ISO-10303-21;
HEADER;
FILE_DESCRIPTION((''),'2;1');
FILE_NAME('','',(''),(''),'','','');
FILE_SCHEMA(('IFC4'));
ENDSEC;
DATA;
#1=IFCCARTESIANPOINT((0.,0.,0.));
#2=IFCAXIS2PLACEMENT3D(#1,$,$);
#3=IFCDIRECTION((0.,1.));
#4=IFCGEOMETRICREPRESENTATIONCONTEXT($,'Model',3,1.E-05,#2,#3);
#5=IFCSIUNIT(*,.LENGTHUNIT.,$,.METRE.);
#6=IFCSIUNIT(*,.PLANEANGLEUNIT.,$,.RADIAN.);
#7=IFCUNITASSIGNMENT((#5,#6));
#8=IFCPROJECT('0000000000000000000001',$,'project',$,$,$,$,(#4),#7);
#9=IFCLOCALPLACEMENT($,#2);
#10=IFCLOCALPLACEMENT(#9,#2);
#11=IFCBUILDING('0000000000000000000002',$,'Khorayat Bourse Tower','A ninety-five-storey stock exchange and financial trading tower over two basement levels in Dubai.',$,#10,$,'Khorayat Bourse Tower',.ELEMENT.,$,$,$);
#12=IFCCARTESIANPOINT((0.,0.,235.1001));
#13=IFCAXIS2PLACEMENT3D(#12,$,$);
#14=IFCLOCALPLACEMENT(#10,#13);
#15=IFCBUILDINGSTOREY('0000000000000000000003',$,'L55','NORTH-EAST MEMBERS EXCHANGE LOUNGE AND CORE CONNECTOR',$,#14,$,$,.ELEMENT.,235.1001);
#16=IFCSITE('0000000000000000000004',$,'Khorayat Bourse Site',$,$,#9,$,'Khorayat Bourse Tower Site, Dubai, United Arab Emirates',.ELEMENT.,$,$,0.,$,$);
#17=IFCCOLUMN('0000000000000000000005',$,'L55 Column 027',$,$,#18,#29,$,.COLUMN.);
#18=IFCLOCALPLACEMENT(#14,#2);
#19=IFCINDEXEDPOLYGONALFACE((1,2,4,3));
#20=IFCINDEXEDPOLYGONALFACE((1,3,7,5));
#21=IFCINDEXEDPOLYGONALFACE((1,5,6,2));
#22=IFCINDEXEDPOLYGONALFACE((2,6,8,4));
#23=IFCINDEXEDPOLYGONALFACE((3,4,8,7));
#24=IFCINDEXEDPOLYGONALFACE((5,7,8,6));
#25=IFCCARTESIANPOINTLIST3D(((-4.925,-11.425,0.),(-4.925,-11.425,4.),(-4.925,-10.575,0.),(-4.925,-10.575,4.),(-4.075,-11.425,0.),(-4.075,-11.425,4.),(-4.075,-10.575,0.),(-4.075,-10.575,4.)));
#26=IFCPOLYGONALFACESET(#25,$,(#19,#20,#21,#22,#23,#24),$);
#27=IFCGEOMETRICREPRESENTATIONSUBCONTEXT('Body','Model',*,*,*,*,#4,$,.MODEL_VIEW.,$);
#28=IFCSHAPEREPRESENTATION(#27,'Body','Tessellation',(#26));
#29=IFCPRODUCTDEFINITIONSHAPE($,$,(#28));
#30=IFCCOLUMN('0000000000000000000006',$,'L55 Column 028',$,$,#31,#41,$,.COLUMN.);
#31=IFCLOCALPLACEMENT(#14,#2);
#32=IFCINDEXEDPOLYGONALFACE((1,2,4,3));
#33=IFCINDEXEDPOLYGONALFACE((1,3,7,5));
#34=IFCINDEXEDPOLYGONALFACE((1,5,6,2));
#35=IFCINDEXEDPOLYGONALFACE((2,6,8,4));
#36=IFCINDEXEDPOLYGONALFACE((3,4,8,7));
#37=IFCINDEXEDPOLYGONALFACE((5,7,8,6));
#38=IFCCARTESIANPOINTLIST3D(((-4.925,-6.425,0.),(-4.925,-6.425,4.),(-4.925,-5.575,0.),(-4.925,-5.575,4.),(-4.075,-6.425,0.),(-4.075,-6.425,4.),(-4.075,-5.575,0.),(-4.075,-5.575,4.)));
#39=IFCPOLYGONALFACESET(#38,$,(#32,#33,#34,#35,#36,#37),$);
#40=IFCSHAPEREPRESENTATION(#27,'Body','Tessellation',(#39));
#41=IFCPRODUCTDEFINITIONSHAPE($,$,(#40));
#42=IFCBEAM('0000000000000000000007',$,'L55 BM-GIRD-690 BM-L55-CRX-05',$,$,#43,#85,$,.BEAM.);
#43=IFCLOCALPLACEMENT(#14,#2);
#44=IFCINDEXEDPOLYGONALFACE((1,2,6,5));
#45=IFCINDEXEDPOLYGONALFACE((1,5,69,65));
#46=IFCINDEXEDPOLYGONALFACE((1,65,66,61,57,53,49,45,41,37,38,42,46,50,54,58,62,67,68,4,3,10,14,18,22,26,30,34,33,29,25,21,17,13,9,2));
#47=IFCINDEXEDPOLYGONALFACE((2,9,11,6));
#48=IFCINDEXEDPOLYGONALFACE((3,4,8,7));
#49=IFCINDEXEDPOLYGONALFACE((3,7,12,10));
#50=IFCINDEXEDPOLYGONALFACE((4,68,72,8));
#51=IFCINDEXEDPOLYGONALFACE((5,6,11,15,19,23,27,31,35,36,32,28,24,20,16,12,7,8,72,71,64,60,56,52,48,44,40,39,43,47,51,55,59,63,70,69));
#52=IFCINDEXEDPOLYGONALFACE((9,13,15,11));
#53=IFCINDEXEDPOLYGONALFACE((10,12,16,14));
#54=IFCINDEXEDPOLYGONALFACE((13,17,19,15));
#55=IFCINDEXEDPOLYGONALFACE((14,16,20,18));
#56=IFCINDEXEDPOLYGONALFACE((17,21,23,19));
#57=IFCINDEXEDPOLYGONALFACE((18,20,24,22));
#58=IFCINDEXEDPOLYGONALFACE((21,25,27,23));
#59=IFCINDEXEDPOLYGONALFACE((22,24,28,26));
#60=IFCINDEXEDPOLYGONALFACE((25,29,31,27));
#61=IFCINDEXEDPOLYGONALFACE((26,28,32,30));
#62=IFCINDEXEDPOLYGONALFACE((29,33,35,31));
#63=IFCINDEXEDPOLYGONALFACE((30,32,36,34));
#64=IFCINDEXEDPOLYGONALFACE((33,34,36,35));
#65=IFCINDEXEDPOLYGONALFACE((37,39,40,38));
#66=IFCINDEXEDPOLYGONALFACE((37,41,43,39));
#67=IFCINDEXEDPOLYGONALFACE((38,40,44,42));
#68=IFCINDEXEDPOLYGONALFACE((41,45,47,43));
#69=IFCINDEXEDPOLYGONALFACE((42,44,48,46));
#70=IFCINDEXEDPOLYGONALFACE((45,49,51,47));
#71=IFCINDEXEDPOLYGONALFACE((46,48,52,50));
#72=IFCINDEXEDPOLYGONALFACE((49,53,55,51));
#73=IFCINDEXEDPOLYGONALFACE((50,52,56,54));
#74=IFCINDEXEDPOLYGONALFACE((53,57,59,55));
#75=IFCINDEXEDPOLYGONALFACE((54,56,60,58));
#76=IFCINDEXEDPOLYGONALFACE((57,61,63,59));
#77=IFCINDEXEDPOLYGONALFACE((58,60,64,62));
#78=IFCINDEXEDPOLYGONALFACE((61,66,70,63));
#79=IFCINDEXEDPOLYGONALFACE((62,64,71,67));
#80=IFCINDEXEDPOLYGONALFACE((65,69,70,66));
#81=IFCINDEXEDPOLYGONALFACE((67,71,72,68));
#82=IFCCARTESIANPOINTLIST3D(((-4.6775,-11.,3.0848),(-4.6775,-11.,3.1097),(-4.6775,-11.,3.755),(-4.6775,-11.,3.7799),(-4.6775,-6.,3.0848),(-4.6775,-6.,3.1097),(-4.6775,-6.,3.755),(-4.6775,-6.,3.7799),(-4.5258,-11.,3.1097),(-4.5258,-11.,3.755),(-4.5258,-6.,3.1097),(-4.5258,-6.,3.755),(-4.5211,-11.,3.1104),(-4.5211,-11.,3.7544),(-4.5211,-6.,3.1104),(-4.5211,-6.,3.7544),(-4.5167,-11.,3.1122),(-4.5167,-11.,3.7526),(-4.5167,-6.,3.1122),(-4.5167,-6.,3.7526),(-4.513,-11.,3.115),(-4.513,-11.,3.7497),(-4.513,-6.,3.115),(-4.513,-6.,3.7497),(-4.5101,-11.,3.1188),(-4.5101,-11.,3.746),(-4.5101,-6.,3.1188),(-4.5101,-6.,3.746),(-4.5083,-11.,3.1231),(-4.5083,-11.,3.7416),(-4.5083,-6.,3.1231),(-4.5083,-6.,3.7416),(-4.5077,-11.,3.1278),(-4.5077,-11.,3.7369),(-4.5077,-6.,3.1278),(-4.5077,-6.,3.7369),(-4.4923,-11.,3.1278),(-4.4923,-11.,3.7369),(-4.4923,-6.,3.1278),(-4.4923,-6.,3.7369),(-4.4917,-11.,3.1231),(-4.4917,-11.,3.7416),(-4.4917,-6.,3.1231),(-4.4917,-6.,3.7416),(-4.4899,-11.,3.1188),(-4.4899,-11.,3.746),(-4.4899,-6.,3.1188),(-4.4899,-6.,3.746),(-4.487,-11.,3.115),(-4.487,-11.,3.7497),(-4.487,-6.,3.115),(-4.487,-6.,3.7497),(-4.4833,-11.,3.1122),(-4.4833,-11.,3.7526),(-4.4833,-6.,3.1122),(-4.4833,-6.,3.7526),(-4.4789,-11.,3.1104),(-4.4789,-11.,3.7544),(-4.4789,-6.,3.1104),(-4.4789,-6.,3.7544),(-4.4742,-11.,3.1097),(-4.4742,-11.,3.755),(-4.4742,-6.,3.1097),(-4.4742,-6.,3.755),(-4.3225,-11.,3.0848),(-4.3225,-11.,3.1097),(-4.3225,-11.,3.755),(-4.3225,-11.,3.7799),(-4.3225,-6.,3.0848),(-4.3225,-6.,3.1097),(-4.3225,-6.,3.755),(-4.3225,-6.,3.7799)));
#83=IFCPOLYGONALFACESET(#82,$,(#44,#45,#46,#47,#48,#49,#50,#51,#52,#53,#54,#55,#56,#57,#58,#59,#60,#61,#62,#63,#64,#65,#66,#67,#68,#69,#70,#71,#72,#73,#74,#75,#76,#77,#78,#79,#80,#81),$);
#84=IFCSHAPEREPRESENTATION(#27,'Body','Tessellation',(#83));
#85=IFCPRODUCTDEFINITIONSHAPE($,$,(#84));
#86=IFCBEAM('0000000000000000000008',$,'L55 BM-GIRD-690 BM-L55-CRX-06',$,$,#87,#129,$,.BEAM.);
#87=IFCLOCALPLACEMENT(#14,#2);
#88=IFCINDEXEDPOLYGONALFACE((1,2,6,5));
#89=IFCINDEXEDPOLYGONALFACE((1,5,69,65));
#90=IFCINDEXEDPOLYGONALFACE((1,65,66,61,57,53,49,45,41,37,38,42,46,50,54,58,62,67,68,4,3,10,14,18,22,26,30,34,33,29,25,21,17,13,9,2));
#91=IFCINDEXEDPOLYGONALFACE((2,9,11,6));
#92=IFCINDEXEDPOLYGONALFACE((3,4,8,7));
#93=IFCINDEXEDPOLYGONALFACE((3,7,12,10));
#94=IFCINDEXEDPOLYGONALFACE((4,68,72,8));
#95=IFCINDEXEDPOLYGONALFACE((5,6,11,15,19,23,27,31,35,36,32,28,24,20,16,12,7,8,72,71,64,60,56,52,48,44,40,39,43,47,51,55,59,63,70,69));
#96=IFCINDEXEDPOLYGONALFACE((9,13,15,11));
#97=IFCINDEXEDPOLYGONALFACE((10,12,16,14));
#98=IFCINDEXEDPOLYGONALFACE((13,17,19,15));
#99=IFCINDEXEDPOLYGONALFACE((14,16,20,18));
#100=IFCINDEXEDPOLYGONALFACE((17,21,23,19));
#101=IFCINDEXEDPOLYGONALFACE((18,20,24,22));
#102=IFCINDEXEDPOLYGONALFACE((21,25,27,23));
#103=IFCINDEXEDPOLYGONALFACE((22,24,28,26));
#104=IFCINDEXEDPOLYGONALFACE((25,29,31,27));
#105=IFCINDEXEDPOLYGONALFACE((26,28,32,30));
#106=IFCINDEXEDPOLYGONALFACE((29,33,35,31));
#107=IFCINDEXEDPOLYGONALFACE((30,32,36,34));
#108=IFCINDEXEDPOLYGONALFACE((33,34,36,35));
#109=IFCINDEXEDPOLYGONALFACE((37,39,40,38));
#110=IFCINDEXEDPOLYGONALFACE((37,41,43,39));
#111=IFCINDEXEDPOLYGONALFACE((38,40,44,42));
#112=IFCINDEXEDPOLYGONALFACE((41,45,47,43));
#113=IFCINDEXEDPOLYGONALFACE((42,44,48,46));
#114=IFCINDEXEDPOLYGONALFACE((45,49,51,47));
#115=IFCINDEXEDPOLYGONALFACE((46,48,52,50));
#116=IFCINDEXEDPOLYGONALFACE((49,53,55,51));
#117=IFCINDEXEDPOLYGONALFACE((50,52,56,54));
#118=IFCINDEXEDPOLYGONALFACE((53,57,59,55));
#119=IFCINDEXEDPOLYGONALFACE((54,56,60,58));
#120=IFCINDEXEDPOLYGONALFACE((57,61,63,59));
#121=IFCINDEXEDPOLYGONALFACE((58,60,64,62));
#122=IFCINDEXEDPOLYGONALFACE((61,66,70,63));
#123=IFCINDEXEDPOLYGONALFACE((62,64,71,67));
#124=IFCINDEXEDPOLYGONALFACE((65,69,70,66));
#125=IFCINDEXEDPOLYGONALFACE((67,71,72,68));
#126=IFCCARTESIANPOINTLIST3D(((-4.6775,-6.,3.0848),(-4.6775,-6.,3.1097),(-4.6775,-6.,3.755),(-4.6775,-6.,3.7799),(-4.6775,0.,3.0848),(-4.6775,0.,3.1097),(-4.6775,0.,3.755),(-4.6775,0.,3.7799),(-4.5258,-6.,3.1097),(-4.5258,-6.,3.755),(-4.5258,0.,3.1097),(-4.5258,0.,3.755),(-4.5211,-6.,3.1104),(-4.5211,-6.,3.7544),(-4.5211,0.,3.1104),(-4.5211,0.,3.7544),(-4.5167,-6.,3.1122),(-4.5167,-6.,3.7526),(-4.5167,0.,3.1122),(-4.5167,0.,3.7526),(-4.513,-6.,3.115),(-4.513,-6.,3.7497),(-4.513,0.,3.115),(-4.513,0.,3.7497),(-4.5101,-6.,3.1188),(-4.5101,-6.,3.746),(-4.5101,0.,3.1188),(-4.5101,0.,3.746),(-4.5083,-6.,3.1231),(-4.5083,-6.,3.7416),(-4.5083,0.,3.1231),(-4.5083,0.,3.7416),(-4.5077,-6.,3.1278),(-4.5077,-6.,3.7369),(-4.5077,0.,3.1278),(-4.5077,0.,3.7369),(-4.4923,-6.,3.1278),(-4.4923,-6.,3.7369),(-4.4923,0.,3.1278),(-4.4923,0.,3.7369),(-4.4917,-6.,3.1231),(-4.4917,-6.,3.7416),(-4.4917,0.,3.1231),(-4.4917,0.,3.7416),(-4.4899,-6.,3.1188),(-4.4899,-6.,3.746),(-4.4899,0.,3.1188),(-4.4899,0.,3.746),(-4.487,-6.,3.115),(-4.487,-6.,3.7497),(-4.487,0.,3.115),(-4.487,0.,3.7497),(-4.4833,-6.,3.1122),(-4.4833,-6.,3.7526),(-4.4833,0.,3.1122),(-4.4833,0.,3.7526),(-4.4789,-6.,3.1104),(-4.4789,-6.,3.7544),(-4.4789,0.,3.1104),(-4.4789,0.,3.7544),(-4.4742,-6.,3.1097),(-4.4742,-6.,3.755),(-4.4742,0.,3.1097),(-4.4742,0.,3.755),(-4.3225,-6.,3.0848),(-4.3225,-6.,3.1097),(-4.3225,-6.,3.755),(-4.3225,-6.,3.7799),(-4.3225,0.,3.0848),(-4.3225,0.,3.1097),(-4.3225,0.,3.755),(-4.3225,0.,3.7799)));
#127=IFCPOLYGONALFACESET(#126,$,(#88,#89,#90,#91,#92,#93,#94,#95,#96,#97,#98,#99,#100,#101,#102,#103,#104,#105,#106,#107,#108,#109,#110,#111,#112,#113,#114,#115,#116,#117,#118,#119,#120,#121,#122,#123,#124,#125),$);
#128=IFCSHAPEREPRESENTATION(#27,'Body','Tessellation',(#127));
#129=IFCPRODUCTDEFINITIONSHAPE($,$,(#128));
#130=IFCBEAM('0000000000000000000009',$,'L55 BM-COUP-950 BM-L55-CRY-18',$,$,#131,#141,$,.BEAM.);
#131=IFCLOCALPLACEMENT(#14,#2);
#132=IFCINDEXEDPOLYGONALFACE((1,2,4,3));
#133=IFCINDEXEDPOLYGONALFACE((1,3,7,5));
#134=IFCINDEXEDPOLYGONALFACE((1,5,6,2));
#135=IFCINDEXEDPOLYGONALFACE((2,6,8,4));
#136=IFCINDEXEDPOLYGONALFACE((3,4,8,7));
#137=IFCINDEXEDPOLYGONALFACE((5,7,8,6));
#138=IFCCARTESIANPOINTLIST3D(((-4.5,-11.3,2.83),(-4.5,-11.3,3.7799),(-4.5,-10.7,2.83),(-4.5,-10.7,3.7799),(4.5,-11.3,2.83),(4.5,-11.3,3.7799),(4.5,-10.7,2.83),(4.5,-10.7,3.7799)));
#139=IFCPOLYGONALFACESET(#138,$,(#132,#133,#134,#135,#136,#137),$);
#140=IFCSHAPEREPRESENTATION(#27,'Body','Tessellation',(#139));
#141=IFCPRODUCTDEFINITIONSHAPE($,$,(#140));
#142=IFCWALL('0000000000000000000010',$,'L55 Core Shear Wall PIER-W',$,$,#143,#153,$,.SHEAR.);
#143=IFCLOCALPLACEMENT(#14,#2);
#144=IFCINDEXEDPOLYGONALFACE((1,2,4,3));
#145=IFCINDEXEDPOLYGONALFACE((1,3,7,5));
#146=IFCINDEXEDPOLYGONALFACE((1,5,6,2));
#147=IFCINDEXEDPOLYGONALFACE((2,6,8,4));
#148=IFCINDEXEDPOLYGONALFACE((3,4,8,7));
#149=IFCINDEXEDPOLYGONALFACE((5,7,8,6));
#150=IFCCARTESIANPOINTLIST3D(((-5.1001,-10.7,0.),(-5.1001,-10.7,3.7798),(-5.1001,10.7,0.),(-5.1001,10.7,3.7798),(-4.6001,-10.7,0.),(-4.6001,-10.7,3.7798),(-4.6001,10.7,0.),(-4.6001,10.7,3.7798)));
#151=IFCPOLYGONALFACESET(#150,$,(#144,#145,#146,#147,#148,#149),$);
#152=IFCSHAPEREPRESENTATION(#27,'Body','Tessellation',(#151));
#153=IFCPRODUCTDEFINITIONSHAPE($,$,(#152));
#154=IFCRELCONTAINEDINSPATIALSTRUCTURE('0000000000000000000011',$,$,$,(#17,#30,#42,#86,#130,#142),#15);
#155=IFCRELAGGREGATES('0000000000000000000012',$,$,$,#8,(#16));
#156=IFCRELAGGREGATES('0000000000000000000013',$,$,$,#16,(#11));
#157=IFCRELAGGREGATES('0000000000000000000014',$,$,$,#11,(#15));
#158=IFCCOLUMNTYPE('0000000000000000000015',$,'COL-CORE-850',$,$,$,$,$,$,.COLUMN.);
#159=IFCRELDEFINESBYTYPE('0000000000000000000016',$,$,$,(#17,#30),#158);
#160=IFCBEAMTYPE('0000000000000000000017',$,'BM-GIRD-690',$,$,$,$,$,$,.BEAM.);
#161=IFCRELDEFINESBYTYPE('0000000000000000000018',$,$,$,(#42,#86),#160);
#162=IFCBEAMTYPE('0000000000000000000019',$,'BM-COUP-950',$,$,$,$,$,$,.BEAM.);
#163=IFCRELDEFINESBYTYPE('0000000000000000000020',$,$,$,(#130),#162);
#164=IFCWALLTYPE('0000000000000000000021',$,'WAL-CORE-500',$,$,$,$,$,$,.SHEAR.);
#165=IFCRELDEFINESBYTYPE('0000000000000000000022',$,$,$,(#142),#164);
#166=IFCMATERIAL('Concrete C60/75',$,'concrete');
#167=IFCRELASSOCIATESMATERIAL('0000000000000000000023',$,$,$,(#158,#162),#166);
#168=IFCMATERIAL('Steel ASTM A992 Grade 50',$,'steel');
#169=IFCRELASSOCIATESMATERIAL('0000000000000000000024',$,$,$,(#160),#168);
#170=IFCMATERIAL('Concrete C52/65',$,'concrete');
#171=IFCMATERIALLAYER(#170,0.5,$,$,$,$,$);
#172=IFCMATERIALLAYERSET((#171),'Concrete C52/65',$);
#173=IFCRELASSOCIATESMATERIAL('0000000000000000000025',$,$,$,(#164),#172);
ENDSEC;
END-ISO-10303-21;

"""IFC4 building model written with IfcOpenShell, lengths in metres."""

from ifc_helpers import new_model, si_unit, direction, frame, frame_2d, origin, origin_2d, place, context, subcontext, project, spatial, rectangle, i_section, extrude, source, transform, mapped, material, layer, layer_set, material_profile, profile_set, type_object, element, save


model = new_model("IFC4")

# Units and contexts
model_context = context("Model", 3, precision=1e-05, world=origin(), true_north=direction((0.0, 1.0)))
body_context = subcontext(model_context, "Body", "Model", "MODEL_VIEW")
ifc_project = project(units=[si_unit("LENGTHUNIT", "METRE"), si_unit("PLANEANGLEUNIT", "RADIAN")], contexts=[model_context])

# Site, building, storey
site_placement = place(None, origin())
site = spatial("IfcSite", under=ifc_project, at=site_placement, Name="Khorayat Bourse Site", LongName="Khorayat Bourse Tower Site, Dubai, United Arab Emirates", CompositionType="ELEMENT", RefElevation=0.0)
building_placement = place(site_placement, origin())
building = spatial("IfcBuilding", under=site, at=building_placement, Name="Khorayat Bourse Tower", Description="A ninety-five-storey stock exchange and financial trading tower over two basement levels in Dubai.", LongName="Khorayat Bourse Tower", CompositionType="ELEMENT")
storey_placement = place(building_placement, frame((0.0, 0.0, 235.1001)))
storey = spatial("IfcBuildingStorey", under=building, at=storey_placement, Name="L55", Description="NORTH-EAST MEMBERS EXCHANGE LOUNGE AND CORE CONNECTOR", CompositionType="ELEMENT", Elevation=235.1001)

# Columns
ifc_material_1 = material(Name="Concrete C60/75", Category="concrete")
ifc_material_profile_1 = material_profile(ifc_material_1, rectangle(XDim=0.8501, YDim=0.8501, at=origin_2d()), Name="RC 850x850")
ifc_profile_set_1 = profile_set([ifc_material_profile_1], Name="Concrete C60/75")
column_type = type_object("IfcColumnType", Name="COL-CORE-850", PredefinedType="COLUMN", material=ifc_profile_set_1)
shared_shape_1 = source(origin(), body_context, "Body", "SweptSolid", [
    extrude(rectangle(XDim=0.8501, YDim=0.8501, at=origin_2d()), origin(), (0.0, 0.0, 1.0), 4.0),
])
for number, where, z_axis, x_axis, name in (
    (1, (-4.5, -11.0, 0.0), (0.0, 0.0, 1.0), (1.0, 0.0, 0.0), "L55 Column 027"),
    (2, (-4.5, -6.0, 0.0), (0.0, 0.0, 1.0), (1.0, 0.0, 0.0), "L55 Column 028"),
):
    element("IfcColumn", number, at=place(storey_placement, frame(where, z_axis=z_axis, x_axis=x_axis)), inside=storey, type_object=column_type, Name=name, PredefinedType="COLUMN", context=body_context, shape_type="MappedRepresentation", body=[
        mapped(shared_shape_1, transform((0.0, 0.0, 0.0), scale=1.0)),
    ])

# Beams
ifc_material_2 = material(Name="Steel ASTM A992 Grade 50", Category="steel")
ifc_material_profile_2 = material_profile(ifc_material_2, i_section(OverallWidth=0.355, OverallDepth=0.6951, WebThickness=0.0154, FlangeThickness=0.0249, FilletRadius=0.0181, at=origin_2d()), Name="W690X217")
ifc_profile_set_2 = profile_set([ifc_material_profile_2], Name="Steel ASTM A992 Grade 50")
beam_type_1 = type_object("IfcBeamType", Name="BM-GIRD-690", PredefinedType="BEAM", material=ifc_profile_set_2)
shared_shape_2 = source(origin(), body_context, "Body", "SweptSolid", [
    extrude(i_section(OverallWidth=0.355, OverallDepth=0.6951, WebThickness=0.0154, FlangeThickness=0.0249, FilletRadius=0.0181, at=origin_2d()), origin(), (0.0, 0.0, 1.0), 5.0),
])
beam_1_placement = place(storey_placement, frame((-4.5, -11.0, 3.4324), z_axis=(0.0, 1.0, 0.0), x_axis=(-1.0, 0.0, 0.0)))
element("IfcBeam", 3, at=beam_1_placement, inside=storey, type_object=beam_type_1, Name="L55 BM-GIRD-690 BM-L55-CRX-05", PredefinedType="BEAM", context=body_context, shape_type="MappedRepresentation", body=[
    mapped(shared_shape_2, transform((0.0, 0.0, 0.0), scale=1.0)),
])
shared_shape_3 = source(origin(), body_context, "Body", "SweptSolid", [
    extrude(i_section(OverallWidth=0.355, OverallDepth=0.6951, WebThickness=0.0154, FlangeThickness=0.0249, FilletRadius=0.0181, at=origin_2d()), origin(), (0.0, 0.0, 1.0), 6.0),
])
beam_2_placement = place(storey_placement, frame((-4.5, -6.0, 3.4324), z_axis=(0.0, 1.0, 0.0), x_axis=(-1.0, 0.0, 0.0)))
element("IfcBeam", 4, at=beam_2_placement, inside=storey, type_object=beam_type_1, Name="L55 BM-GIRD-690 BM-L55-CRX-06", PredefinedType="BEAM", context=body_context, shape_type="MappedRepresentation", body=[
    mapped(shared_shape_3, transform((0.0, 0.0, 0.0), scale=1.0)),
])
ifc_material_profile_3 = material_profile(ifc_material_1, rectangle(XDim=0.6001, YDim=0.95, at=origin_2d()), Name="RC 600x950")
ifc_profile_set_3 = profile_set([ifc_material_profile_3], Name="Concrete C60/75")
beam_type_2 = type_object("IfcBeamType", Name="BM-COUP-950", PredefinedType="BEAM", material=ifc_profile_set_3)
shared_shape_4 = source(origin(), body_context, "Body", "SweptSolid", [
    extrude(rectangle(XDim=0.6001, YDim=0.95, at=origin_2d()), origin(), (0.0, 0.0, 1.0), 9.0),
])
beam_3_placement = place(storey_placement, frame((-4.5, -11.0, 3.3049), z_axis=(1.0, 0.0, 0.0), x_axis=(0.0, 1.0, 0.0)))
element("IfcBeam", 5, at=beam_3_placement, inside=storey, type_object=beam_type_2, Name="L55 BM-COUP-950 BM-L55-CRY-18", PredefinedType="BEAM", context=body_context, shape_type="MappedRepresentation", body=[
    mapped(shared_shape_4, transform((0.0, 0.0, 0.0), scale=1.0)),
])

# Wall
ifc_material_3 = material(Name="Concrete C52/65", Category="concrete")
ifc_layer_1 = layer(ifc_material_3, 0.5)
ifc_layer_set_1 = layer_set([ifc_layer_1], Name="Concrete C52/65")
wall_type_1 = type_object("IfcWallType", Name="WAL-CORE-500", PredefinedType="SHEAR", material=ifc_layer_set_1)
shared_shape_5 = source(origin(), body_context, "Body", "SweptSolid", [
    extrude(rectangle(XDim=21.3999, YDim=0.5, at=frame_2d((10.7, 0.0))), origin(), (0.0, 0.0, 1.0), 3.7798),
])
wall_1_placement = place(storey_placement, frame((-4.8501, -10.7, 0.0), z_axis=(0.0, 0.0, 1.0), x_axis=(0.0, 1.0, 0.0)))
element("IfcWall", 6, at=wall_1_placement, inside=storey, type_object=wall_type_1, Name="L55 Core Shear Wall PIER-W", PredefinedType="SHEAR", context=body_context, shape_type="MappedRepresentation", body=[
    mapped(shared_shape_5, transform((0.0, 0.0, 0.0), scale=1.0)),
])

save(model, "model.ifc")
